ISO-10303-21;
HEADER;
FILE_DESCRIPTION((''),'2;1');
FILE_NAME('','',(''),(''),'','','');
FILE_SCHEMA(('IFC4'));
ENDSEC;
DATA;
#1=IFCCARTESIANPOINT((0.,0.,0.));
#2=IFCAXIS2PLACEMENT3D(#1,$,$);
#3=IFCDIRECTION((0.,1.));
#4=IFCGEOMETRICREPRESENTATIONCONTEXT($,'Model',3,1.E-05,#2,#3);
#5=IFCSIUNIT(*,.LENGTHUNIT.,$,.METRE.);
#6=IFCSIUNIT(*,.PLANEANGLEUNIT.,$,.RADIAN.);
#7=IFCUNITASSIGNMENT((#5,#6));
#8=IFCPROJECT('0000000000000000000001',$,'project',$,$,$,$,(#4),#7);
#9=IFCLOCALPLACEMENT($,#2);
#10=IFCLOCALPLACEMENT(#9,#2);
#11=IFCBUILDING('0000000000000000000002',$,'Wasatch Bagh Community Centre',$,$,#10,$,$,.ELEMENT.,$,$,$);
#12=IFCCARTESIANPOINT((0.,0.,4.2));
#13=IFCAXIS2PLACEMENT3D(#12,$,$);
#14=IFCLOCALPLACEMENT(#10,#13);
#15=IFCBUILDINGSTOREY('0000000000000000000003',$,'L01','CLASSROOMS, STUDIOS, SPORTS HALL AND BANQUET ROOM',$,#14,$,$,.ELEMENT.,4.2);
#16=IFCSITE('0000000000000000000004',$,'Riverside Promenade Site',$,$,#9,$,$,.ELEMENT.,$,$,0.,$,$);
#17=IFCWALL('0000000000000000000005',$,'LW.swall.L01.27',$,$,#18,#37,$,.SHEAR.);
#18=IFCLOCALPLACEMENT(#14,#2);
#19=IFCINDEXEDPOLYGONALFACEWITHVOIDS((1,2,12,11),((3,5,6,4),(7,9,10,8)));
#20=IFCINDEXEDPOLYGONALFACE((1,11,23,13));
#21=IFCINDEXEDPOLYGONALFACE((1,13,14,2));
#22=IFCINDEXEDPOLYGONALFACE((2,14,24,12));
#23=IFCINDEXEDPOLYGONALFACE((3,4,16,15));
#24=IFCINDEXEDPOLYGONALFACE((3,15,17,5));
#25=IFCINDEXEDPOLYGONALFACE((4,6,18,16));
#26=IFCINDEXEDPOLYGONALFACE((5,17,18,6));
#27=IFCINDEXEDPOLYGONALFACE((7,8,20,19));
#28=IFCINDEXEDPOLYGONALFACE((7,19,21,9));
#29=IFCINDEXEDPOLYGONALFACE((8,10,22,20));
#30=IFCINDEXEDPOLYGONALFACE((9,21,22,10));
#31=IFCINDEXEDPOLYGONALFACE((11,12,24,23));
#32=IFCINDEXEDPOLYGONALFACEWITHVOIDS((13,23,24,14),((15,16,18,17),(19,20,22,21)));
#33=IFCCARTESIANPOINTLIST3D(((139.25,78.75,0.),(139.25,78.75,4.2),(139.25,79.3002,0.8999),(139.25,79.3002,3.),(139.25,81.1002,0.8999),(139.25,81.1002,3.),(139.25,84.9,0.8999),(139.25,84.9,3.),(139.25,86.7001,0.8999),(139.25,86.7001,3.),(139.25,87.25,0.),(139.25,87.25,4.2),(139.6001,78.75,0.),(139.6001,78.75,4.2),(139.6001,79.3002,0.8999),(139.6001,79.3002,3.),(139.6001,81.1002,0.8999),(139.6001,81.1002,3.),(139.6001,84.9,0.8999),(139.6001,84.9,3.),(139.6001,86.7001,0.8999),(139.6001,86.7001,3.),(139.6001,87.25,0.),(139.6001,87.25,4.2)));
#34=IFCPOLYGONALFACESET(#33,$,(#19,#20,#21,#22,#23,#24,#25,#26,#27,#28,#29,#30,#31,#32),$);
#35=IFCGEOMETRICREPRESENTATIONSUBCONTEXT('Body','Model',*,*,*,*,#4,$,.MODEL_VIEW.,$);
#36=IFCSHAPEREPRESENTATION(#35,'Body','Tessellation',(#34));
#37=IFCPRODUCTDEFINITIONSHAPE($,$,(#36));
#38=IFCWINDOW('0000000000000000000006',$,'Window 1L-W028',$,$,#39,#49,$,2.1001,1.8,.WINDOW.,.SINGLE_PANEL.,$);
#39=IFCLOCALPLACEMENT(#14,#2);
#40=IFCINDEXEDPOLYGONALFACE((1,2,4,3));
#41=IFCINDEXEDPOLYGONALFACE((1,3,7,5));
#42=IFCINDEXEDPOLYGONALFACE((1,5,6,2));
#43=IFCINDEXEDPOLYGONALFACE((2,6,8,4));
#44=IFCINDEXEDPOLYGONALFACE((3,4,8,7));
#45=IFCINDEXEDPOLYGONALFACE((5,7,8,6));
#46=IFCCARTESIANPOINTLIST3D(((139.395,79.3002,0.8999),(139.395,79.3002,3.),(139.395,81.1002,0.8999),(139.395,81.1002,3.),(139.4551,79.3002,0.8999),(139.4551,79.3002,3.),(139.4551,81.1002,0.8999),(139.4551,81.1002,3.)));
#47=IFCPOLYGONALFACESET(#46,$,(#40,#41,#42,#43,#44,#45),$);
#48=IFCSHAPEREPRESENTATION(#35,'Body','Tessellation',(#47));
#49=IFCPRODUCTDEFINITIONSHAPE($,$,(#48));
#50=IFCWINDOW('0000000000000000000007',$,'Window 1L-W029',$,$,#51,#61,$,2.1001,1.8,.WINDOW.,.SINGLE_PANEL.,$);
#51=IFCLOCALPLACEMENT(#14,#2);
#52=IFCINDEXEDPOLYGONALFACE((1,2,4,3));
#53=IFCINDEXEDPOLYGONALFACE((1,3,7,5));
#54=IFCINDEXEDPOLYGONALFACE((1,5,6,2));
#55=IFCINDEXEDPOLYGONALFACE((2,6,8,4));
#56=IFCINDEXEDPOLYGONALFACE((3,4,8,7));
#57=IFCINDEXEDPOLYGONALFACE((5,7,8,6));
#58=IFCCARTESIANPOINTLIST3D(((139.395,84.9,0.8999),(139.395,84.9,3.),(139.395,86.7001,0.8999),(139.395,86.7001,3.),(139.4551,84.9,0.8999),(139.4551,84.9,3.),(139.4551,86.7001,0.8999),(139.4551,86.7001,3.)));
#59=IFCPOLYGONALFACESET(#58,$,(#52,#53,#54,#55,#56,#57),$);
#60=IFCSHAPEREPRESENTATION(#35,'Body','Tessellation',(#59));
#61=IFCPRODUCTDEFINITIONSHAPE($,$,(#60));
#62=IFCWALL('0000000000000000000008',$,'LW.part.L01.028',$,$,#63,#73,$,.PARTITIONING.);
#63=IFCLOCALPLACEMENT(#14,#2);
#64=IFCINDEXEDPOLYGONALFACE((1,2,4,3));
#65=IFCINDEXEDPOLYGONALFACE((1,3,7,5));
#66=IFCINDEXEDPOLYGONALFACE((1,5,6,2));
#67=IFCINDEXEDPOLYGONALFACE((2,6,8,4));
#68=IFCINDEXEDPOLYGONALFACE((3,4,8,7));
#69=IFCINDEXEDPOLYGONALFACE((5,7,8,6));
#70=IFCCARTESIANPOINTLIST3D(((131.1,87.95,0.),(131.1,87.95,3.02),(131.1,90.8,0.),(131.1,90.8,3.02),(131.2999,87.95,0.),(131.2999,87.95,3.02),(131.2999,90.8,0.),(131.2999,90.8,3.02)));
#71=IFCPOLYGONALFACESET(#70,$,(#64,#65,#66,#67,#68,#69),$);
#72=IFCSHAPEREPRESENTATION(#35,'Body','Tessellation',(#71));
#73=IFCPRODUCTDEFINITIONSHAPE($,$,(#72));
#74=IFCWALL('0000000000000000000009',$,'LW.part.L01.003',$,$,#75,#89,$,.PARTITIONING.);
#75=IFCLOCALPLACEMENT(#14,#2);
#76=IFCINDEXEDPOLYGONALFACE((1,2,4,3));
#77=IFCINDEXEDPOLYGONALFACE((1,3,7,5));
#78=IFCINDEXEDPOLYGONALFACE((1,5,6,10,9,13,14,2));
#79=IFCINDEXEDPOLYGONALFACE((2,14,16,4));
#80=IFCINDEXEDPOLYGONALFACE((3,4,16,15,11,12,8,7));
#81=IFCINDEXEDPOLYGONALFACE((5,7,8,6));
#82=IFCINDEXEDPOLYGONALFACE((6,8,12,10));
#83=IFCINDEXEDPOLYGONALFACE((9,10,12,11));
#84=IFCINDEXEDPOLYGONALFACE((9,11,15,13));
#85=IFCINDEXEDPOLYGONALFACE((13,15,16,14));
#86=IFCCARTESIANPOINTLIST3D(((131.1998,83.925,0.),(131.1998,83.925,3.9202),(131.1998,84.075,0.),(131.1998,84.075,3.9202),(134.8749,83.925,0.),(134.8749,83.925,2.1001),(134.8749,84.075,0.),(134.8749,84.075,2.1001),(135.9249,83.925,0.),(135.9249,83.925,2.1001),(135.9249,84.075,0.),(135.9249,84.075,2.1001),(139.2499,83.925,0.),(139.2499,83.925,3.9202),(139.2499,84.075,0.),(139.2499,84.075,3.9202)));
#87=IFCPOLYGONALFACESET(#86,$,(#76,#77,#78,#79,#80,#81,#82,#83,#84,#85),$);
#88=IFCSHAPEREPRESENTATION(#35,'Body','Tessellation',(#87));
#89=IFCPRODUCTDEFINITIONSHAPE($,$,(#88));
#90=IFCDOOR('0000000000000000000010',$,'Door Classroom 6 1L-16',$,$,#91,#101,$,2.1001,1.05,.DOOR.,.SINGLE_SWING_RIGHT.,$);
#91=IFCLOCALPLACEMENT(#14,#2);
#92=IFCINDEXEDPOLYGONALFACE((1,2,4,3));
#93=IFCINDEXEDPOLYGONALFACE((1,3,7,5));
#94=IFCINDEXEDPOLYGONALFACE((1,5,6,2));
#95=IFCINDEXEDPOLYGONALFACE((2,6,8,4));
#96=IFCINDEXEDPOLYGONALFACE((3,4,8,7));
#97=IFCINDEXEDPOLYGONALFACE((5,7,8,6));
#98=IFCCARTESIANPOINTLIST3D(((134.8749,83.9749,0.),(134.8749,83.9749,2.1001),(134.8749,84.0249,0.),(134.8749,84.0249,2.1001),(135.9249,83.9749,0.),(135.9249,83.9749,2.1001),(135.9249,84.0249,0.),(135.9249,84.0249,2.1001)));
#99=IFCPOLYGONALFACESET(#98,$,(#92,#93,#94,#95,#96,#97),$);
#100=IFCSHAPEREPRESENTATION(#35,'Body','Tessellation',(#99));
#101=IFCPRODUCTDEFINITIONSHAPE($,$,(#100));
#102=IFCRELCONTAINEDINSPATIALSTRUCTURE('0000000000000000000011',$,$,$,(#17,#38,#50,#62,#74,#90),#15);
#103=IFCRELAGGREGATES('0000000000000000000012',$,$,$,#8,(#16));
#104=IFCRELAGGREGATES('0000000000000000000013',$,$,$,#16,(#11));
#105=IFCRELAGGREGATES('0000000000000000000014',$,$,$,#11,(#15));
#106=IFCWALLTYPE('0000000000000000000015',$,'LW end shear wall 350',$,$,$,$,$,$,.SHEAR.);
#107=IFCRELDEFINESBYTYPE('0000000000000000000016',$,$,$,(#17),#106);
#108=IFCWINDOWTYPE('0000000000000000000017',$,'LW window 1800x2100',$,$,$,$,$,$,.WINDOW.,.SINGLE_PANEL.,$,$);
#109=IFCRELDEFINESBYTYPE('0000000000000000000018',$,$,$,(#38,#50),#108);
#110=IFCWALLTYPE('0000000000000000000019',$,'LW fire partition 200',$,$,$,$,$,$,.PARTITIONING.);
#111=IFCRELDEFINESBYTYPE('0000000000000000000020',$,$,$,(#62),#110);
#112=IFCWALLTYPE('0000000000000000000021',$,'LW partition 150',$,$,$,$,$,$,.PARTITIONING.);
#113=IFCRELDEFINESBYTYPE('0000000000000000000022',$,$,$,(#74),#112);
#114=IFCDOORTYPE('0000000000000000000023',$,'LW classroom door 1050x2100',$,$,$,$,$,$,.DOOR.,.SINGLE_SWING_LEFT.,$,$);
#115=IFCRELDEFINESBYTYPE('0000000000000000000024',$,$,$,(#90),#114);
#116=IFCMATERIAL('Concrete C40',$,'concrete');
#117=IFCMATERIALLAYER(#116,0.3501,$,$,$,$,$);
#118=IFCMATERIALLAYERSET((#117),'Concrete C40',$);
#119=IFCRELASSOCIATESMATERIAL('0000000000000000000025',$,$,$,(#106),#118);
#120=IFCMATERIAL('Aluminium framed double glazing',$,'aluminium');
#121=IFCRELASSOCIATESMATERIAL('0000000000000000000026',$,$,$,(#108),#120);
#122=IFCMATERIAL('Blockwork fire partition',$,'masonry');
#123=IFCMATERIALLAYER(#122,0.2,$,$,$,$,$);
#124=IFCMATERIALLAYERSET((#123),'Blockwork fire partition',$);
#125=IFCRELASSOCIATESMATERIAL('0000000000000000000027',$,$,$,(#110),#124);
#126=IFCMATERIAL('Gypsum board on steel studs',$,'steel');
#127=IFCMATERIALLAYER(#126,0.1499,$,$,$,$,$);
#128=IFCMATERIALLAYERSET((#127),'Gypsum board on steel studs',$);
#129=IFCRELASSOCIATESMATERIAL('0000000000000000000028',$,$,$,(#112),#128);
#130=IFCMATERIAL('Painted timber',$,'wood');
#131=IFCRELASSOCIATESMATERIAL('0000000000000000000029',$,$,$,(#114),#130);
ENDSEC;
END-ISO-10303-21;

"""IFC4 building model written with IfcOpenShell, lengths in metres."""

from ifc_helpers import new_model, si_unit, direction, frame, frame_2d, origin, place, context, subcontext, project, spatial, rectangle, extrude, material, layer, layer_set, type_object, element, fill, save


model = new_model("IFC4")

# Units and contexts
model_context = context("Model", 3, precision=1e-05, world=origin(), true_north=direction((0.0, 1.0)))
body_context = subcontext(model_context, "Body", "Model", "MODEL_VIEW")
ifc_project = project(units=[si_unit("LENGTHUNIT", "METRE"), si_unit("PLANEANGLEUNIT", "RADIAN")], contexts=[model_context])

# Site, building, storey
site_placement = place(None, origin())
site = spatial("IfcSite", under=ifc_project, at=site_placement, Name="Riverside Promenade Site", CompositionType="ELEMENT", RefElevation=0.0)
building_placement = place(site_placement, origin())
building = spatial("IfcBuilding", under=site, at=building_placement, Name="Wasatch Bagh Community Centre", CompositionType="ELEMENT")
storey_placement = place(building_placement, frame((0.0, 0.0, 4.2)))
storey = spatial("IfcBuildingStorey", under=building, at=storey_placement, Name="L01", Description="CLASSROOMS, STUDIOS, SPORTS HALL AND BANQUET ROOM", CompositionType="ELEMENT", Elevation=4.2)

# Shared definitions
ifc_material_1 = material(Name="Concrete C40", Category="concrete")

# Wall, openings, windows
ifc_layer_1 = layer(ifc_material_1, 0.3501)
ifc_layer_set_1 = layer_set([ifc_layer_1], Name="Concrete C40")
wall_type_1 = type_object("IfcWallType", Name="LW end shear wall 350", PredefinedType="SHEAR", material=ifc_layer_set_1)
wall_1_placement = place(storey_placement, frame((139.425, 87.25, 0.0), z_axis=(0.0, 0.0, 1.0), x_axis=(0.0, -1.0, 0.0)))
wall_1 = element("IfcWall", 1, at=wall_1_placement, inside=storey, type_object=wall_type_1, Name="LW.swall.L01.27", PredefinedType="SHEAR", context=body_context, shape_type="SweptSolid", body=[
    extrude(rectangle(XDim=8.5, YDim=0.3501, at=frame_2d((4.25, 0.0))), origin(), (0.0, 0.0, 1.0), 4.2),
])
opening_1_placement = place(wall_1_placement, frame((6.1499, 0.0, 0.8999)))
opening_1 = element("IfcOpeningElement", 2, at=opening_1_placement, cuts=wall_1, PredefinedType="OPENING", context=body_context, shape_type="SweptSolid", body=[
    extrude(rectangle(XDim=1.8, YDim=2.1001, at=frame_2d((0.8999, 1.05))), frame((0.0, 0.1851, 0.0), z_axis=(0.0, -1.0, 0.0), x_axis=(1.0, 0.0, 0.0)), (0.0, 0.0, 1.0), 0.3701),
])
opening_2_placement = place(wall_1_placement, frame((0.55, 0.0, 0.8999)))
opening_2 = element("IfcOpeningElement", 3, at=opening_2_placement, cuts=wall_1, PredefinedType="OPENING", context=body_context, shape_type="SweptSolid", body=[
    extrude(rectangle(XDim=1.8, YDim=2.1001, at=frame_2d((0.8999, 1.05))), frame((0.0, 0.1851, 0.0), z_axis=(0.0, -1.0, 0.0), x_axis=(1.0, 0.0, 0.0)), (0.0, 0.0, 1.0), 0.3701),
])
ifc_material_2 = material(Name="Aluminium framed double glazing", Category="aluminium")
window_type = type_object("IfcWindowType", Name="LW window 1800x2100", PartitioningType="SINGLE_PANEL", PredefinedType="WINDOW", material=ifc_material_2)
window_1_placement = place(opening_1_placement, origin())
window_1 = element("IfcWindow", 4, at=window_1_placement, inside=storey, type_object=window_type, Name="Window 1L-W028", OverallHeight=2.1001, OverallWidth=1.8, PartitioningType="SINGLE_PANEL", PredefinedType="WINDOW", context=body_context, shape_type="SweptSolid", body=[
    extrude(rectangle(XDim=1.8, YDim=2.1001, at=frame_2d((0.8999, 1.05))), frame((0.0, 0.03, 0.0), z_axis=(0.0, -1.0, 0.0), x_axis=(1.0, 0.0, 0.0)), (0.0, 0.0, 1.0), 0.0601),
])
fill(opening_1, window_1)
window_2_placement = place(opening_2_placement, origin())
window_2 = element("IfcWindow", 5, at=window_2_placement, inside=storey, type_object=window_type, Name="Window 1L-W029", OverallHeight=2.1001, OverallWidth=1.8, PartitioningType="SINGLE_PANEL", PredefinedType="WINDOW", context=body_context, shape_type="SweptSolid", body=[
    extrude(rectangle(XDim=1.8, YDim=2.1001, at=frame_2d((0.8999, 1.05))), frame((0.0, 0.03, 0.0), z_axis=(0.0, -1.0, 0.0), x_axis=(1.0, 0.0, 0.0)), (0.0, 0.0, 1.0), 0.0601),
])
fill(opening_2, window_2)

# Wall
ifc_material_3 = material(Name="Blockwork fire partition", Category="masonry")
ifc_layer_2 = layer(ifc_material_3, 0.2)
ifc_layer_set_2 = layer_set([ifc_layer_2], Name="Blockwork fire partition")
wall_type_2 = type_object("IfcWallType", Name="LW fire partition 200", PredefinedType="PARTITIONING", material=ifc_layer_set_2)
wall_2_placement = place(storey_placement, frame((131.2, 87.95, 0.0), z_axis=(0.0, 0.0, 1.0), x_axis=(0.0, 1.0, 0.0)))
element("IfcWall", 6, at=wall_2_placement, inside=storey, type_object=wall_type_2, Name="LW.part.L01.028", PredefinedType="PARTITIONING", context=body_context, shape_type="SweptSolid", body=[
    extrude(rectangle(XDim=2.8501, YDim=0.2, at=frame_2d((1.425, 0.0))), origin(), (0.0, 0.0, 1.0), 3.02),
])

# Wall, opening, door
ifc_material_4 = material(Name="Gypsum board on steel studs", Category="steel")
ifc_layer_3 = layer(ifc_material_4, 0.1499)
ifc_layer_set_3 = layer_set([ifc_layer_3], Name="Gypsum board on steel studs")
wall_type_3 = type_object("IfcWallType", Name="LW partition 150", PredefinedType="PARTITIONING", material=ifc_layer_set_3)
wall_3_placement = place(storey_placement, frame((131.2, 84.0, 0.0), z_axis=(0.0, 0.0, 1.0), x_axis=(1.0, 0.0, 0.0)))
wall_3 = element("IfcWall", 7, at=wall_3_placement, inside=storey, type_object=wall_type_3, Name="LW.part.L01.003", PredefinedType="PARTITIONING", context=body_context, shape_type="SweptSolid", body=[
    extrude(rectangle(XDim=8.05, YDim=0.1499, at=frame_2d((4.0249, 0.0))), origin(), (0.0, 0.0, 1.0), 3.9202),
])
opening_3_placement = place(wall_3_placement, frame((3.675, 0.0, 0.0)))
opening_3 = element("IfcOpeningElement", 8, at=opening_3_placement, cuts=wall_3, PredefinedType="OPENING", context=body_context, shape_type="SweptSolid", body=[
    extrude(rectangle(XDim=1.05, YDim=2.1001, at=frame_2d((0.5249, 1.05))), frame((0.0, 0.085, 0.0), z_axis=(0.0, -1.0, 0.0), x_axis=(1.0, 0.0, 0.0)), (0.0, 0.0, 1.0), 0.1699),
])
ifc_material_5 = material(Name="Painted timber", Category="wood")
door_type = type_object("IfcDoorType", Name="LW classroom door 1050x2100", OperationType="SINGLE_SWING_LEFT", PredefinedType="DOOR", material=ifc_material_5)
door_placement = place(opening_3_placement, origin())
door = element("IfcDoor", 9, at=door_placement, inside=storey, type_object=door_type, Name="Door Classroom 6 1L-16", OperationType="SINGLE_SWING_RIGHT", OverallHeight=2.1001, OverallWidth=1.05, PredefinedType="DOOR", context=body_context, shape_type="SweptSolid", body=[
    extrude(rectangle(XDim=1.05, YDim=2.1001, at=frame_2d((0.5249, 1.05))), frame((0.0, 0.0249, 0.0), z_axis=(0.0, -1.0, 0.0), x_axis=(1.0, 0.0, 0.0)), (0.0, 0.0, 1.0), 0.05),
])
fill(opening_3, door)

save(model, "model.ifc")
